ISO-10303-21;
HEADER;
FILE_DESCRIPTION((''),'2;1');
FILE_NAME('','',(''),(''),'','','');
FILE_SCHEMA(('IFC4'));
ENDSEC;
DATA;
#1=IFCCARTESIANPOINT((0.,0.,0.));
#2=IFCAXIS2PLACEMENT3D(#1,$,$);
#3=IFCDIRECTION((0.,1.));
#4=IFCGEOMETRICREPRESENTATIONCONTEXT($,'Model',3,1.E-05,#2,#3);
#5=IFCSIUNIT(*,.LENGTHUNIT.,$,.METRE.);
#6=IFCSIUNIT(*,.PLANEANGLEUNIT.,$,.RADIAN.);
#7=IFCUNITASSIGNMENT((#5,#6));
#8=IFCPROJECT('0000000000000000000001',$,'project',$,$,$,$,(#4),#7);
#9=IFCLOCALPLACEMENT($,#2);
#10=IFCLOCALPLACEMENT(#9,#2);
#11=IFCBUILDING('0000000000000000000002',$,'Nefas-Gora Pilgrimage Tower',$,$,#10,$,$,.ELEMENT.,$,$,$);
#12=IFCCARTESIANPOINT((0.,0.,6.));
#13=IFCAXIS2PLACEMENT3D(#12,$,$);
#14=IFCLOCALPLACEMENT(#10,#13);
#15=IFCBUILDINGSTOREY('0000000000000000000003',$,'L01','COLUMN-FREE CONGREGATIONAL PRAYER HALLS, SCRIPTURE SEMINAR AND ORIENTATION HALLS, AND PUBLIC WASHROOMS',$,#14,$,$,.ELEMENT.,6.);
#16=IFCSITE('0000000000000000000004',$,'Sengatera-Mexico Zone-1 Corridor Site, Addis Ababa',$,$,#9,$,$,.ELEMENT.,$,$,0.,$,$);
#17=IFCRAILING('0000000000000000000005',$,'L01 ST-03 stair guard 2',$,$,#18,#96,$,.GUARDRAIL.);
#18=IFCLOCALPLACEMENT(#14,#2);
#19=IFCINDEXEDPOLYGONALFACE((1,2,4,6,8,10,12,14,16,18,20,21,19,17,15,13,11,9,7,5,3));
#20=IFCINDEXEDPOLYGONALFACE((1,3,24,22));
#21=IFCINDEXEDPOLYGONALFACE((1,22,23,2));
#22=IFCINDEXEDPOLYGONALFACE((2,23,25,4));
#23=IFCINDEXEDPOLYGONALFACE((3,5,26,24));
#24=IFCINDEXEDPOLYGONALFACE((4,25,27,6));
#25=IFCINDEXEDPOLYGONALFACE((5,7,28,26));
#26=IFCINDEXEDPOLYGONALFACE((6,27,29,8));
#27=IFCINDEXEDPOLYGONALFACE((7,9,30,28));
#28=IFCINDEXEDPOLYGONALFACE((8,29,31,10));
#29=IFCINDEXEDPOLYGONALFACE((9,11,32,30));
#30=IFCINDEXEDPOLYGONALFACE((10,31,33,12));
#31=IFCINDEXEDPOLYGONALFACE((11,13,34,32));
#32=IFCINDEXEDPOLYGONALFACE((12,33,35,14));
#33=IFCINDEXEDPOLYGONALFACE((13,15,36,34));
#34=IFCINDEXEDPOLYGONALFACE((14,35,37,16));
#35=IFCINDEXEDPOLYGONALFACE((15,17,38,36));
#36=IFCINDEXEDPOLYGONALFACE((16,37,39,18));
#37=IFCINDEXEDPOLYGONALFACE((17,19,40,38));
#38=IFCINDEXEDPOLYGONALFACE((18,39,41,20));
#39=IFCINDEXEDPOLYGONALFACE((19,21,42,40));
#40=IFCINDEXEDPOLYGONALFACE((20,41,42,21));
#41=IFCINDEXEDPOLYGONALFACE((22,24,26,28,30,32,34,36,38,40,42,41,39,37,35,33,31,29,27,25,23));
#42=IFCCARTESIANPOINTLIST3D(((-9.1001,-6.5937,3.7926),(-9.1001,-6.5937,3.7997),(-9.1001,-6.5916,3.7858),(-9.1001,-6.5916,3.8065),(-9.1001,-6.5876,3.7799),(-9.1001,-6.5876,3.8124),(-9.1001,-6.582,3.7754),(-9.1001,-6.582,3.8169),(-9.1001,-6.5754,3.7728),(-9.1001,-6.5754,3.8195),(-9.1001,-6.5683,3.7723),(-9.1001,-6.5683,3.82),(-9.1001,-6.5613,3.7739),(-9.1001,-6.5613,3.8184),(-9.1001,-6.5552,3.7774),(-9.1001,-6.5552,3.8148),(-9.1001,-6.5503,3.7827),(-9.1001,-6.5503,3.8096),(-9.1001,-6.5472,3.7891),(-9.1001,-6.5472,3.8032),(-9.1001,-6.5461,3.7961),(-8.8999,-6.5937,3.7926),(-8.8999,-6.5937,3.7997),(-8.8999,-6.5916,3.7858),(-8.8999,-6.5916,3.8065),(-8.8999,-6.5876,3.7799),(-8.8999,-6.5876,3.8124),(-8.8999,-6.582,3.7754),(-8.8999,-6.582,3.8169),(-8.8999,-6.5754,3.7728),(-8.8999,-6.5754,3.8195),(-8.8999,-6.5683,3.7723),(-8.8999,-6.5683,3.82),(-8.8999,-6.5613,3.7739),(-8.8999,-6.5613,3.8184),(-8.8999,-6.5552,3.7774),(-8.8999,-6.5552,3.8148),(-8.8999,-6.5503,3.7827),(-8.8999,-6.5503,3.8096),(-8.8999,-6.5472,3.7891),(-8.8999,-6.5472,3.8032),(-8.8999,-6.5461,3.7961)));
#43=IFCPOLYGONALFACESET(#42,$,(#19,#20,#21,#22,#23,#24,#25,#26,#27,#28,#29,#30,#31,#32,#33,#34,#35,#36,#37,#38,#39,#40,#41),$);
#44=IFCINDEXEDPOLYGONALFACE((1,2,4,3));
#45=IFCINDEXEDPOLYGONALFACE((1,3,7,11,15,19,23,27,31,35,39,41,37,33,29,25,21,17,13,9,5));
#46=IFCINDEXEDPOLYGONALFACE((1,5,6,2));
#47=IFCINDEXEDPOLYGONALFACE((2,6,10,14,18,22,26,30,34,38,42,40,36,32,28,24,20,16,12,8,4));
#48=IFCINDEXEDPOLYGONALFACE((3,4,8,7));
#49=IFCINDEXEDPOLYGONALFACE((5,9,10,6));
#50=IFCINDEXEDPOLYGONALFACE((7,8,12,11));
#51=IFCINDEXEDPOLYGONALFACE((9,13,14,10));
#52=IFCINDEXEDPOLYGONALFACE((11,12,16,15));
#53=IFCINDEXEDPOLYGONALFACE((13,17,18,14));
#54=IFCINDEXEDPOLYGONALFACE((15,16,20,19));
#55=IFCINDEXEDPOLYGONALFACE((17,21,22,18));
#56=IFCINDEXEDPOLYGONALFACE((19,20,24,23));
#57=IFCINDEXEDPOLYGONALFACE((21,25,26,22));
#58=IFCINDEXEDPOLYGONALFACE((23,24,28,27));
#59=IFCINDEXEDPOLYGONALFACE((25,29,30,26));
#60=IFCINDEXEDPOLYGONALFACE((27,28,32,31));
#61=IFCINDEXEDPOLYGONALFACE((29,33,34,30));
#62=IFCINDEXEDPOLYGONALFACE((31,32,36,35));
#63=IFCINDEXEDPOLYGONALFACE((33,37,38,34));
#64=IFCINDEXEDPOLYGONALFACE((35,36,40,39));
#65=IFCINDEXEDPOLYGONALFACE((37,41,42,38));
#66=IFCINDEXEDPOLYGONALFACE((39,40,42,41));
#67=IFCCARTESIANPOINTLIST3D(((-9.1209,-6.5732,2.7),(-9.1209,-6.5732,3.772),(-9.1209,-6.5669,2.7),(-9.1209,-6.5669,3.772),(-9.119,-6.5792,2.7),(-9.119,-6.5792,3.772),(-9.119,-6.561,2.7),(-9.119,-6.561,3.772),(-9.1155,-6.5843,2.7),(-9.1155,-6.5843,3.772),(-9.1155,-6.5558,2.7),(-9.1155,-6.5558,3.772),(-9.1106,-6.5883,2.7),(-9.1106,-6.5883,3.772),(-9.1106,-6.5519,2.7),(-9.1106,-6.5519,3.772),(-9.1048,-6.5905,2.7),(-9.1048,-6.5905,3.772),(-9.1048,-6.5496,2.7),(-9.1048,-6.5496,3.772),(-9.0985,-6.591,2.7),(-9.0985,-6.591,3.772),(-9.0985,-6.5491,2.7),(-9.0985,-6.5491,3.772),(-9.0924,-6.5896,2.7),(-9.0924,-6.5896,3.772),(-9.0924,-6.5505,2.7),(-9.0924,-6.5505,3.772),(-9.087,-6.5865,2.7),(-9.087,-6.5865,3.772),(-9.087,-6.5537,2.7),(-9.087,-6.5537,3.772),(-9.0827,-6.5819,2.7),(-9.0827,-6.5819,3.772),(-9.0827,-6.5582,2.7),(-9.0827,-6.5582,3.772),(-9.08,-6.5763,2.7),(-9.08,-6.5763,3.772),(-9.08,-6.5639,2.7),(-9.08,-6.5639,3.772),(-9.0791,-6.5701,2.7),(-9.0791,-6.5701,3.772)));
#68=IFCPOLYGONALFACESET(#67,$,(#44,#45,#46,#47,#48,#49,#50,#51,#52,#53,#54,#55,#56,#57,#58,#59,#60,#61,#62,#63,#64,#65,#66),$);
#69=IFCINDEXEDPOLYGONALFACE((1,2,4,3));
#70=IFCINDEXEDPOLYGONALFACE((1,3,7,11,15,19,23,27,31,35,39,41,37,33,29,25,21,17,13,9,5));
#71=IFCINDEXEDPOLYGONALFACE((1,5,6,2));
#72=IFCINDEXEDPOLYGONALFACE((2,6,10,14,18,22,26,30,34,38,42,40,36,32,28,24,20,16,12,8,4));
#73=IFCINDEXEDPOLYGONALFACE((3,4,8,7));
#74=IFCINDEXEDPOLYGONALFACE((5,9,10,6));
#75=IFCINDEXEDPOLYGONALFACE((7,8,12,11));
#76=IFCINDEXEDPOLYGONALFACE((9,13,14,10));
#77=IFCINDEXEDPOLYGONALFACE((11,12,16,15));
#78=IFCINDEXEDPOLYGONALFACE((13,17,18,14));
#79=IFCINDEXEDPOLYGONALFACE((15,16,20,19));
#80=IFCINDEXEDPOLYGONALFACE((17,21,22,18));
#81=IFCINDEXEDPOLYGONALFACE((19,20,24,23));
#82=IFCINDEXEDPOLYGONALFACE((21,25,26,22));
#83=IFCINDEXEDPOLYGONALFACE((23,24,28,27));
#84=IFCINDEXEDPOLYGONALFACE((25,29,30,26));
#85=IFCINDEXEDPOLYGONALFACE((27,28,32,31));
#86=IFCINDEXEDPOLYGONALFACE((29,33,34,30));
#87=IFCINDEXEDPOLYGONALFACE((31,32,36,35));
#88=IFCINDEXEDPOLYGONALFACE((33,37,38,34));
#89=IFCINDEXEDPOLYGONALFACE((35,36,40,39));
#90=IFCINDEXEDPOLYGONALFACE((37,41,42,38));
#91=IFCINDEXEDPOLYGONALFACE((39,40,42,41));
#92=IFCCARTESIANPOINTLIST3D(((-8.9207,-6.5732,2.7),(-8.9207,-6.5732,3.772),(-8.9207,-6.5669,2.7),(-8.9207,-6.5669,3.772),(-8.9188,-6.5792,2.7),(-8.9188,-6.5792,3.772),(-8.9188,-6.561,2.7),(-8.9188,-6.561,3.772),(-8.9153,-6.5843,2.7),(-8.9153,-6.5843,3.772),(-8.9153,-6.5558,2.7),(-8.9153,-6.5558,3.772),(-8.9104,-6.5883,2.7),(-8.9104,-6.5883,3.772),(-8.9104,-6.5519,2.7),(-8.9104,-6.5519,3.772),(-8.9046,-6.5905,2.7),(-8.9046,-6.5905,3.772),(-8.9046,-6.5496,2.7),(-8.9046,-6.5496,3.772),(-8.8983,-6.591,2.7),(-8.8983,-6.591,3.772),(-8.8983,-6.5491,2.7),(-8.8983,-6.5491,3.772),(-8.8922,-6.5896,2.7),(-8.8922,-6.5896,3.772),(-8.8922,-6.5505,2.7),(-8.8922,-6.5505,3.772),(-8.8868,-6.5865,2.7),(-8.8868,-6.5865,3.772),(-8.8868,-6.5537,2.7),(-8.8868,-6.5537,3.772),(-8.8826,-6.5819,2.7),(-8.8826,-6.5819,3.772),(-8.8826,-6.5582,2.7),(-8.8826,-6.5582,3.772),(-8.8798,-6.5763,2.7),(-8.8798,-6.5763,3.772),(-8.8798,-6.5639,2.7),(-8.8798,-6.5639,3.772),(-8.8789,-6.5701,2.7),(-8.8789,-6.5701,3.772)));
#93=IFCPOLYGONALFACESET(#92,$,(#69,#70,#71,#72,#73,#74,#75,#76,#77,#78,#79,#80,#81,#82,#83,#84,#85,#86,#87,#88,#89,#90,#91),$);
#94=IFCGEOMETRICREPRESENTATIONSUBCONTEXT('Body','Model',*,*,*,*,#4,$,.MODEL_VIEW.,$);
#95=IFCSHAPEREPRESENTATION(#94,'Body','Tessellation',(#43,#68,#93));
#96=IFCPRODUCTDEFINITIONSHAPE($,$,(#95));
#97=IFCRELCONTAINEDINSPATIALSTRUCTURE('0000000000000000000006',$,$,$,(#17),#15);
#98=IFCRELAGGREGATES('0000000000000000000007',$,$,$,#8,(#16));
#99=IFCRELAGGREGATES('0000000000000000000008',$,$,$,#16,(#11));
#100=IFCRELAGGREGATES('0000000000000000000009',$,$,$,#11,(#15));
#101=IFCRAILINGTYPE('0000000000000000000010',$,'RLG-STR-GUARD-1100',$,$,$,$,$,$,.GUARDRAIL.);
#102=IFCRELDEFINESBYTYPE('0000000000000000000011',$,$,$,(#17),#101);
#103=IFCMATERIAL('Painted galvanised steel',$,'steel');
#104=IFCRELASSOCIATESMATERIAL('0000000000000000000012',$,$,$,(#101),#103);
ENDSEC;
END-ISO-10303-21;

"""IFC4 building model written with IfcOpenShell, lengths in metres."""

from ifc_helpers import new_model, si_unit, direction, frame, origin, origin_2d, place, context, subcontext, project, spatial, circle, extrude, material, type_object, element, save


model = new_model("IFC4")

# Units and contexts
model_context = context("Model", 3, precision=1e-05, world=origin(), true_north=direction((0.0, 1.0)))
body_context = subcontext(model_context, "Body", "Model", "MODEL_VIEW")
ifc_project = project(units=[si_unit("LENGTHUNIT", "METRE"), si_unit("PLANEANGLEUNIT", "RADIAN")], contexts=[model_context])

# Site, building, storey
site_placement = place(None, origin())
site = spatial("IfcSite", under=ifc_project, at=site_placement, Name="Sengatera-Mexico Zone-1 Corridor Site, Addis Ababa", CompositionType="ELEMENT", RefElevation=0.0)
building_placement = place(site_placement, origin())
building = spatial("IfcBuilding", under=site, at=building_placement, Name="Nefas-Gora Pilgrimage Tower", CompositionType="ELEMENT")
storey_placement = place(building_placement, frame((0.0, 0.0, 6.0)))
storey = spatial("IfcBuildingStorey", under=building, at=storey_placement, Name="L01", Description="COLUMN-FREE CONGREGATIONAL PRAYER HALLS, SCRIPTURE SEMINAR AND ORIENTATION HALLS, AND PUBLIC WASHROOMS", CompositionType="ELEMENT", Elevation=6.0)

# Railing
ifc_material_1 = material(Name="Painted galvanised steel", Category="steel")
railing_type = type_object("IfcRailingType", Name="RLG-STR-GUARD-1100", PredefinedType="GUARDRAIL", material=ifc_material_1)
railing_1_placement = place(storey_placement, frame((-9.1001, -6.5701, 2.7)))
element("IfcRailing", 1, at=railing_1_placement, inside=storey, type_object=railing_type, Name="L01 ST-03 stair guard 2", PredefinedType="GUARDRAIL", context=body_context, shape_type="SweptSolid", body=[
    extrude(circle(Radius=0.0239, at=origin_2d()), frame((0.0, 0.0, 1.0962), z_axis=(1.0, 0.0, 0.0), x_axis=(0.0, 1.0, 0.0)), (0.0, 0.0, 1.0), 0.2002),
    extrude(circle(Radius=0.021, at=origin_2d()), origin(), (0.0, 0.0, 1.0), 1.072),
    extrude(circle(Radius=0.021, at=origin_2d()), frame((0.2002, 0.0, 0.0)), (0.0, 0.0, 1.0), 1.072),
])

save(model, "model.ifc")
